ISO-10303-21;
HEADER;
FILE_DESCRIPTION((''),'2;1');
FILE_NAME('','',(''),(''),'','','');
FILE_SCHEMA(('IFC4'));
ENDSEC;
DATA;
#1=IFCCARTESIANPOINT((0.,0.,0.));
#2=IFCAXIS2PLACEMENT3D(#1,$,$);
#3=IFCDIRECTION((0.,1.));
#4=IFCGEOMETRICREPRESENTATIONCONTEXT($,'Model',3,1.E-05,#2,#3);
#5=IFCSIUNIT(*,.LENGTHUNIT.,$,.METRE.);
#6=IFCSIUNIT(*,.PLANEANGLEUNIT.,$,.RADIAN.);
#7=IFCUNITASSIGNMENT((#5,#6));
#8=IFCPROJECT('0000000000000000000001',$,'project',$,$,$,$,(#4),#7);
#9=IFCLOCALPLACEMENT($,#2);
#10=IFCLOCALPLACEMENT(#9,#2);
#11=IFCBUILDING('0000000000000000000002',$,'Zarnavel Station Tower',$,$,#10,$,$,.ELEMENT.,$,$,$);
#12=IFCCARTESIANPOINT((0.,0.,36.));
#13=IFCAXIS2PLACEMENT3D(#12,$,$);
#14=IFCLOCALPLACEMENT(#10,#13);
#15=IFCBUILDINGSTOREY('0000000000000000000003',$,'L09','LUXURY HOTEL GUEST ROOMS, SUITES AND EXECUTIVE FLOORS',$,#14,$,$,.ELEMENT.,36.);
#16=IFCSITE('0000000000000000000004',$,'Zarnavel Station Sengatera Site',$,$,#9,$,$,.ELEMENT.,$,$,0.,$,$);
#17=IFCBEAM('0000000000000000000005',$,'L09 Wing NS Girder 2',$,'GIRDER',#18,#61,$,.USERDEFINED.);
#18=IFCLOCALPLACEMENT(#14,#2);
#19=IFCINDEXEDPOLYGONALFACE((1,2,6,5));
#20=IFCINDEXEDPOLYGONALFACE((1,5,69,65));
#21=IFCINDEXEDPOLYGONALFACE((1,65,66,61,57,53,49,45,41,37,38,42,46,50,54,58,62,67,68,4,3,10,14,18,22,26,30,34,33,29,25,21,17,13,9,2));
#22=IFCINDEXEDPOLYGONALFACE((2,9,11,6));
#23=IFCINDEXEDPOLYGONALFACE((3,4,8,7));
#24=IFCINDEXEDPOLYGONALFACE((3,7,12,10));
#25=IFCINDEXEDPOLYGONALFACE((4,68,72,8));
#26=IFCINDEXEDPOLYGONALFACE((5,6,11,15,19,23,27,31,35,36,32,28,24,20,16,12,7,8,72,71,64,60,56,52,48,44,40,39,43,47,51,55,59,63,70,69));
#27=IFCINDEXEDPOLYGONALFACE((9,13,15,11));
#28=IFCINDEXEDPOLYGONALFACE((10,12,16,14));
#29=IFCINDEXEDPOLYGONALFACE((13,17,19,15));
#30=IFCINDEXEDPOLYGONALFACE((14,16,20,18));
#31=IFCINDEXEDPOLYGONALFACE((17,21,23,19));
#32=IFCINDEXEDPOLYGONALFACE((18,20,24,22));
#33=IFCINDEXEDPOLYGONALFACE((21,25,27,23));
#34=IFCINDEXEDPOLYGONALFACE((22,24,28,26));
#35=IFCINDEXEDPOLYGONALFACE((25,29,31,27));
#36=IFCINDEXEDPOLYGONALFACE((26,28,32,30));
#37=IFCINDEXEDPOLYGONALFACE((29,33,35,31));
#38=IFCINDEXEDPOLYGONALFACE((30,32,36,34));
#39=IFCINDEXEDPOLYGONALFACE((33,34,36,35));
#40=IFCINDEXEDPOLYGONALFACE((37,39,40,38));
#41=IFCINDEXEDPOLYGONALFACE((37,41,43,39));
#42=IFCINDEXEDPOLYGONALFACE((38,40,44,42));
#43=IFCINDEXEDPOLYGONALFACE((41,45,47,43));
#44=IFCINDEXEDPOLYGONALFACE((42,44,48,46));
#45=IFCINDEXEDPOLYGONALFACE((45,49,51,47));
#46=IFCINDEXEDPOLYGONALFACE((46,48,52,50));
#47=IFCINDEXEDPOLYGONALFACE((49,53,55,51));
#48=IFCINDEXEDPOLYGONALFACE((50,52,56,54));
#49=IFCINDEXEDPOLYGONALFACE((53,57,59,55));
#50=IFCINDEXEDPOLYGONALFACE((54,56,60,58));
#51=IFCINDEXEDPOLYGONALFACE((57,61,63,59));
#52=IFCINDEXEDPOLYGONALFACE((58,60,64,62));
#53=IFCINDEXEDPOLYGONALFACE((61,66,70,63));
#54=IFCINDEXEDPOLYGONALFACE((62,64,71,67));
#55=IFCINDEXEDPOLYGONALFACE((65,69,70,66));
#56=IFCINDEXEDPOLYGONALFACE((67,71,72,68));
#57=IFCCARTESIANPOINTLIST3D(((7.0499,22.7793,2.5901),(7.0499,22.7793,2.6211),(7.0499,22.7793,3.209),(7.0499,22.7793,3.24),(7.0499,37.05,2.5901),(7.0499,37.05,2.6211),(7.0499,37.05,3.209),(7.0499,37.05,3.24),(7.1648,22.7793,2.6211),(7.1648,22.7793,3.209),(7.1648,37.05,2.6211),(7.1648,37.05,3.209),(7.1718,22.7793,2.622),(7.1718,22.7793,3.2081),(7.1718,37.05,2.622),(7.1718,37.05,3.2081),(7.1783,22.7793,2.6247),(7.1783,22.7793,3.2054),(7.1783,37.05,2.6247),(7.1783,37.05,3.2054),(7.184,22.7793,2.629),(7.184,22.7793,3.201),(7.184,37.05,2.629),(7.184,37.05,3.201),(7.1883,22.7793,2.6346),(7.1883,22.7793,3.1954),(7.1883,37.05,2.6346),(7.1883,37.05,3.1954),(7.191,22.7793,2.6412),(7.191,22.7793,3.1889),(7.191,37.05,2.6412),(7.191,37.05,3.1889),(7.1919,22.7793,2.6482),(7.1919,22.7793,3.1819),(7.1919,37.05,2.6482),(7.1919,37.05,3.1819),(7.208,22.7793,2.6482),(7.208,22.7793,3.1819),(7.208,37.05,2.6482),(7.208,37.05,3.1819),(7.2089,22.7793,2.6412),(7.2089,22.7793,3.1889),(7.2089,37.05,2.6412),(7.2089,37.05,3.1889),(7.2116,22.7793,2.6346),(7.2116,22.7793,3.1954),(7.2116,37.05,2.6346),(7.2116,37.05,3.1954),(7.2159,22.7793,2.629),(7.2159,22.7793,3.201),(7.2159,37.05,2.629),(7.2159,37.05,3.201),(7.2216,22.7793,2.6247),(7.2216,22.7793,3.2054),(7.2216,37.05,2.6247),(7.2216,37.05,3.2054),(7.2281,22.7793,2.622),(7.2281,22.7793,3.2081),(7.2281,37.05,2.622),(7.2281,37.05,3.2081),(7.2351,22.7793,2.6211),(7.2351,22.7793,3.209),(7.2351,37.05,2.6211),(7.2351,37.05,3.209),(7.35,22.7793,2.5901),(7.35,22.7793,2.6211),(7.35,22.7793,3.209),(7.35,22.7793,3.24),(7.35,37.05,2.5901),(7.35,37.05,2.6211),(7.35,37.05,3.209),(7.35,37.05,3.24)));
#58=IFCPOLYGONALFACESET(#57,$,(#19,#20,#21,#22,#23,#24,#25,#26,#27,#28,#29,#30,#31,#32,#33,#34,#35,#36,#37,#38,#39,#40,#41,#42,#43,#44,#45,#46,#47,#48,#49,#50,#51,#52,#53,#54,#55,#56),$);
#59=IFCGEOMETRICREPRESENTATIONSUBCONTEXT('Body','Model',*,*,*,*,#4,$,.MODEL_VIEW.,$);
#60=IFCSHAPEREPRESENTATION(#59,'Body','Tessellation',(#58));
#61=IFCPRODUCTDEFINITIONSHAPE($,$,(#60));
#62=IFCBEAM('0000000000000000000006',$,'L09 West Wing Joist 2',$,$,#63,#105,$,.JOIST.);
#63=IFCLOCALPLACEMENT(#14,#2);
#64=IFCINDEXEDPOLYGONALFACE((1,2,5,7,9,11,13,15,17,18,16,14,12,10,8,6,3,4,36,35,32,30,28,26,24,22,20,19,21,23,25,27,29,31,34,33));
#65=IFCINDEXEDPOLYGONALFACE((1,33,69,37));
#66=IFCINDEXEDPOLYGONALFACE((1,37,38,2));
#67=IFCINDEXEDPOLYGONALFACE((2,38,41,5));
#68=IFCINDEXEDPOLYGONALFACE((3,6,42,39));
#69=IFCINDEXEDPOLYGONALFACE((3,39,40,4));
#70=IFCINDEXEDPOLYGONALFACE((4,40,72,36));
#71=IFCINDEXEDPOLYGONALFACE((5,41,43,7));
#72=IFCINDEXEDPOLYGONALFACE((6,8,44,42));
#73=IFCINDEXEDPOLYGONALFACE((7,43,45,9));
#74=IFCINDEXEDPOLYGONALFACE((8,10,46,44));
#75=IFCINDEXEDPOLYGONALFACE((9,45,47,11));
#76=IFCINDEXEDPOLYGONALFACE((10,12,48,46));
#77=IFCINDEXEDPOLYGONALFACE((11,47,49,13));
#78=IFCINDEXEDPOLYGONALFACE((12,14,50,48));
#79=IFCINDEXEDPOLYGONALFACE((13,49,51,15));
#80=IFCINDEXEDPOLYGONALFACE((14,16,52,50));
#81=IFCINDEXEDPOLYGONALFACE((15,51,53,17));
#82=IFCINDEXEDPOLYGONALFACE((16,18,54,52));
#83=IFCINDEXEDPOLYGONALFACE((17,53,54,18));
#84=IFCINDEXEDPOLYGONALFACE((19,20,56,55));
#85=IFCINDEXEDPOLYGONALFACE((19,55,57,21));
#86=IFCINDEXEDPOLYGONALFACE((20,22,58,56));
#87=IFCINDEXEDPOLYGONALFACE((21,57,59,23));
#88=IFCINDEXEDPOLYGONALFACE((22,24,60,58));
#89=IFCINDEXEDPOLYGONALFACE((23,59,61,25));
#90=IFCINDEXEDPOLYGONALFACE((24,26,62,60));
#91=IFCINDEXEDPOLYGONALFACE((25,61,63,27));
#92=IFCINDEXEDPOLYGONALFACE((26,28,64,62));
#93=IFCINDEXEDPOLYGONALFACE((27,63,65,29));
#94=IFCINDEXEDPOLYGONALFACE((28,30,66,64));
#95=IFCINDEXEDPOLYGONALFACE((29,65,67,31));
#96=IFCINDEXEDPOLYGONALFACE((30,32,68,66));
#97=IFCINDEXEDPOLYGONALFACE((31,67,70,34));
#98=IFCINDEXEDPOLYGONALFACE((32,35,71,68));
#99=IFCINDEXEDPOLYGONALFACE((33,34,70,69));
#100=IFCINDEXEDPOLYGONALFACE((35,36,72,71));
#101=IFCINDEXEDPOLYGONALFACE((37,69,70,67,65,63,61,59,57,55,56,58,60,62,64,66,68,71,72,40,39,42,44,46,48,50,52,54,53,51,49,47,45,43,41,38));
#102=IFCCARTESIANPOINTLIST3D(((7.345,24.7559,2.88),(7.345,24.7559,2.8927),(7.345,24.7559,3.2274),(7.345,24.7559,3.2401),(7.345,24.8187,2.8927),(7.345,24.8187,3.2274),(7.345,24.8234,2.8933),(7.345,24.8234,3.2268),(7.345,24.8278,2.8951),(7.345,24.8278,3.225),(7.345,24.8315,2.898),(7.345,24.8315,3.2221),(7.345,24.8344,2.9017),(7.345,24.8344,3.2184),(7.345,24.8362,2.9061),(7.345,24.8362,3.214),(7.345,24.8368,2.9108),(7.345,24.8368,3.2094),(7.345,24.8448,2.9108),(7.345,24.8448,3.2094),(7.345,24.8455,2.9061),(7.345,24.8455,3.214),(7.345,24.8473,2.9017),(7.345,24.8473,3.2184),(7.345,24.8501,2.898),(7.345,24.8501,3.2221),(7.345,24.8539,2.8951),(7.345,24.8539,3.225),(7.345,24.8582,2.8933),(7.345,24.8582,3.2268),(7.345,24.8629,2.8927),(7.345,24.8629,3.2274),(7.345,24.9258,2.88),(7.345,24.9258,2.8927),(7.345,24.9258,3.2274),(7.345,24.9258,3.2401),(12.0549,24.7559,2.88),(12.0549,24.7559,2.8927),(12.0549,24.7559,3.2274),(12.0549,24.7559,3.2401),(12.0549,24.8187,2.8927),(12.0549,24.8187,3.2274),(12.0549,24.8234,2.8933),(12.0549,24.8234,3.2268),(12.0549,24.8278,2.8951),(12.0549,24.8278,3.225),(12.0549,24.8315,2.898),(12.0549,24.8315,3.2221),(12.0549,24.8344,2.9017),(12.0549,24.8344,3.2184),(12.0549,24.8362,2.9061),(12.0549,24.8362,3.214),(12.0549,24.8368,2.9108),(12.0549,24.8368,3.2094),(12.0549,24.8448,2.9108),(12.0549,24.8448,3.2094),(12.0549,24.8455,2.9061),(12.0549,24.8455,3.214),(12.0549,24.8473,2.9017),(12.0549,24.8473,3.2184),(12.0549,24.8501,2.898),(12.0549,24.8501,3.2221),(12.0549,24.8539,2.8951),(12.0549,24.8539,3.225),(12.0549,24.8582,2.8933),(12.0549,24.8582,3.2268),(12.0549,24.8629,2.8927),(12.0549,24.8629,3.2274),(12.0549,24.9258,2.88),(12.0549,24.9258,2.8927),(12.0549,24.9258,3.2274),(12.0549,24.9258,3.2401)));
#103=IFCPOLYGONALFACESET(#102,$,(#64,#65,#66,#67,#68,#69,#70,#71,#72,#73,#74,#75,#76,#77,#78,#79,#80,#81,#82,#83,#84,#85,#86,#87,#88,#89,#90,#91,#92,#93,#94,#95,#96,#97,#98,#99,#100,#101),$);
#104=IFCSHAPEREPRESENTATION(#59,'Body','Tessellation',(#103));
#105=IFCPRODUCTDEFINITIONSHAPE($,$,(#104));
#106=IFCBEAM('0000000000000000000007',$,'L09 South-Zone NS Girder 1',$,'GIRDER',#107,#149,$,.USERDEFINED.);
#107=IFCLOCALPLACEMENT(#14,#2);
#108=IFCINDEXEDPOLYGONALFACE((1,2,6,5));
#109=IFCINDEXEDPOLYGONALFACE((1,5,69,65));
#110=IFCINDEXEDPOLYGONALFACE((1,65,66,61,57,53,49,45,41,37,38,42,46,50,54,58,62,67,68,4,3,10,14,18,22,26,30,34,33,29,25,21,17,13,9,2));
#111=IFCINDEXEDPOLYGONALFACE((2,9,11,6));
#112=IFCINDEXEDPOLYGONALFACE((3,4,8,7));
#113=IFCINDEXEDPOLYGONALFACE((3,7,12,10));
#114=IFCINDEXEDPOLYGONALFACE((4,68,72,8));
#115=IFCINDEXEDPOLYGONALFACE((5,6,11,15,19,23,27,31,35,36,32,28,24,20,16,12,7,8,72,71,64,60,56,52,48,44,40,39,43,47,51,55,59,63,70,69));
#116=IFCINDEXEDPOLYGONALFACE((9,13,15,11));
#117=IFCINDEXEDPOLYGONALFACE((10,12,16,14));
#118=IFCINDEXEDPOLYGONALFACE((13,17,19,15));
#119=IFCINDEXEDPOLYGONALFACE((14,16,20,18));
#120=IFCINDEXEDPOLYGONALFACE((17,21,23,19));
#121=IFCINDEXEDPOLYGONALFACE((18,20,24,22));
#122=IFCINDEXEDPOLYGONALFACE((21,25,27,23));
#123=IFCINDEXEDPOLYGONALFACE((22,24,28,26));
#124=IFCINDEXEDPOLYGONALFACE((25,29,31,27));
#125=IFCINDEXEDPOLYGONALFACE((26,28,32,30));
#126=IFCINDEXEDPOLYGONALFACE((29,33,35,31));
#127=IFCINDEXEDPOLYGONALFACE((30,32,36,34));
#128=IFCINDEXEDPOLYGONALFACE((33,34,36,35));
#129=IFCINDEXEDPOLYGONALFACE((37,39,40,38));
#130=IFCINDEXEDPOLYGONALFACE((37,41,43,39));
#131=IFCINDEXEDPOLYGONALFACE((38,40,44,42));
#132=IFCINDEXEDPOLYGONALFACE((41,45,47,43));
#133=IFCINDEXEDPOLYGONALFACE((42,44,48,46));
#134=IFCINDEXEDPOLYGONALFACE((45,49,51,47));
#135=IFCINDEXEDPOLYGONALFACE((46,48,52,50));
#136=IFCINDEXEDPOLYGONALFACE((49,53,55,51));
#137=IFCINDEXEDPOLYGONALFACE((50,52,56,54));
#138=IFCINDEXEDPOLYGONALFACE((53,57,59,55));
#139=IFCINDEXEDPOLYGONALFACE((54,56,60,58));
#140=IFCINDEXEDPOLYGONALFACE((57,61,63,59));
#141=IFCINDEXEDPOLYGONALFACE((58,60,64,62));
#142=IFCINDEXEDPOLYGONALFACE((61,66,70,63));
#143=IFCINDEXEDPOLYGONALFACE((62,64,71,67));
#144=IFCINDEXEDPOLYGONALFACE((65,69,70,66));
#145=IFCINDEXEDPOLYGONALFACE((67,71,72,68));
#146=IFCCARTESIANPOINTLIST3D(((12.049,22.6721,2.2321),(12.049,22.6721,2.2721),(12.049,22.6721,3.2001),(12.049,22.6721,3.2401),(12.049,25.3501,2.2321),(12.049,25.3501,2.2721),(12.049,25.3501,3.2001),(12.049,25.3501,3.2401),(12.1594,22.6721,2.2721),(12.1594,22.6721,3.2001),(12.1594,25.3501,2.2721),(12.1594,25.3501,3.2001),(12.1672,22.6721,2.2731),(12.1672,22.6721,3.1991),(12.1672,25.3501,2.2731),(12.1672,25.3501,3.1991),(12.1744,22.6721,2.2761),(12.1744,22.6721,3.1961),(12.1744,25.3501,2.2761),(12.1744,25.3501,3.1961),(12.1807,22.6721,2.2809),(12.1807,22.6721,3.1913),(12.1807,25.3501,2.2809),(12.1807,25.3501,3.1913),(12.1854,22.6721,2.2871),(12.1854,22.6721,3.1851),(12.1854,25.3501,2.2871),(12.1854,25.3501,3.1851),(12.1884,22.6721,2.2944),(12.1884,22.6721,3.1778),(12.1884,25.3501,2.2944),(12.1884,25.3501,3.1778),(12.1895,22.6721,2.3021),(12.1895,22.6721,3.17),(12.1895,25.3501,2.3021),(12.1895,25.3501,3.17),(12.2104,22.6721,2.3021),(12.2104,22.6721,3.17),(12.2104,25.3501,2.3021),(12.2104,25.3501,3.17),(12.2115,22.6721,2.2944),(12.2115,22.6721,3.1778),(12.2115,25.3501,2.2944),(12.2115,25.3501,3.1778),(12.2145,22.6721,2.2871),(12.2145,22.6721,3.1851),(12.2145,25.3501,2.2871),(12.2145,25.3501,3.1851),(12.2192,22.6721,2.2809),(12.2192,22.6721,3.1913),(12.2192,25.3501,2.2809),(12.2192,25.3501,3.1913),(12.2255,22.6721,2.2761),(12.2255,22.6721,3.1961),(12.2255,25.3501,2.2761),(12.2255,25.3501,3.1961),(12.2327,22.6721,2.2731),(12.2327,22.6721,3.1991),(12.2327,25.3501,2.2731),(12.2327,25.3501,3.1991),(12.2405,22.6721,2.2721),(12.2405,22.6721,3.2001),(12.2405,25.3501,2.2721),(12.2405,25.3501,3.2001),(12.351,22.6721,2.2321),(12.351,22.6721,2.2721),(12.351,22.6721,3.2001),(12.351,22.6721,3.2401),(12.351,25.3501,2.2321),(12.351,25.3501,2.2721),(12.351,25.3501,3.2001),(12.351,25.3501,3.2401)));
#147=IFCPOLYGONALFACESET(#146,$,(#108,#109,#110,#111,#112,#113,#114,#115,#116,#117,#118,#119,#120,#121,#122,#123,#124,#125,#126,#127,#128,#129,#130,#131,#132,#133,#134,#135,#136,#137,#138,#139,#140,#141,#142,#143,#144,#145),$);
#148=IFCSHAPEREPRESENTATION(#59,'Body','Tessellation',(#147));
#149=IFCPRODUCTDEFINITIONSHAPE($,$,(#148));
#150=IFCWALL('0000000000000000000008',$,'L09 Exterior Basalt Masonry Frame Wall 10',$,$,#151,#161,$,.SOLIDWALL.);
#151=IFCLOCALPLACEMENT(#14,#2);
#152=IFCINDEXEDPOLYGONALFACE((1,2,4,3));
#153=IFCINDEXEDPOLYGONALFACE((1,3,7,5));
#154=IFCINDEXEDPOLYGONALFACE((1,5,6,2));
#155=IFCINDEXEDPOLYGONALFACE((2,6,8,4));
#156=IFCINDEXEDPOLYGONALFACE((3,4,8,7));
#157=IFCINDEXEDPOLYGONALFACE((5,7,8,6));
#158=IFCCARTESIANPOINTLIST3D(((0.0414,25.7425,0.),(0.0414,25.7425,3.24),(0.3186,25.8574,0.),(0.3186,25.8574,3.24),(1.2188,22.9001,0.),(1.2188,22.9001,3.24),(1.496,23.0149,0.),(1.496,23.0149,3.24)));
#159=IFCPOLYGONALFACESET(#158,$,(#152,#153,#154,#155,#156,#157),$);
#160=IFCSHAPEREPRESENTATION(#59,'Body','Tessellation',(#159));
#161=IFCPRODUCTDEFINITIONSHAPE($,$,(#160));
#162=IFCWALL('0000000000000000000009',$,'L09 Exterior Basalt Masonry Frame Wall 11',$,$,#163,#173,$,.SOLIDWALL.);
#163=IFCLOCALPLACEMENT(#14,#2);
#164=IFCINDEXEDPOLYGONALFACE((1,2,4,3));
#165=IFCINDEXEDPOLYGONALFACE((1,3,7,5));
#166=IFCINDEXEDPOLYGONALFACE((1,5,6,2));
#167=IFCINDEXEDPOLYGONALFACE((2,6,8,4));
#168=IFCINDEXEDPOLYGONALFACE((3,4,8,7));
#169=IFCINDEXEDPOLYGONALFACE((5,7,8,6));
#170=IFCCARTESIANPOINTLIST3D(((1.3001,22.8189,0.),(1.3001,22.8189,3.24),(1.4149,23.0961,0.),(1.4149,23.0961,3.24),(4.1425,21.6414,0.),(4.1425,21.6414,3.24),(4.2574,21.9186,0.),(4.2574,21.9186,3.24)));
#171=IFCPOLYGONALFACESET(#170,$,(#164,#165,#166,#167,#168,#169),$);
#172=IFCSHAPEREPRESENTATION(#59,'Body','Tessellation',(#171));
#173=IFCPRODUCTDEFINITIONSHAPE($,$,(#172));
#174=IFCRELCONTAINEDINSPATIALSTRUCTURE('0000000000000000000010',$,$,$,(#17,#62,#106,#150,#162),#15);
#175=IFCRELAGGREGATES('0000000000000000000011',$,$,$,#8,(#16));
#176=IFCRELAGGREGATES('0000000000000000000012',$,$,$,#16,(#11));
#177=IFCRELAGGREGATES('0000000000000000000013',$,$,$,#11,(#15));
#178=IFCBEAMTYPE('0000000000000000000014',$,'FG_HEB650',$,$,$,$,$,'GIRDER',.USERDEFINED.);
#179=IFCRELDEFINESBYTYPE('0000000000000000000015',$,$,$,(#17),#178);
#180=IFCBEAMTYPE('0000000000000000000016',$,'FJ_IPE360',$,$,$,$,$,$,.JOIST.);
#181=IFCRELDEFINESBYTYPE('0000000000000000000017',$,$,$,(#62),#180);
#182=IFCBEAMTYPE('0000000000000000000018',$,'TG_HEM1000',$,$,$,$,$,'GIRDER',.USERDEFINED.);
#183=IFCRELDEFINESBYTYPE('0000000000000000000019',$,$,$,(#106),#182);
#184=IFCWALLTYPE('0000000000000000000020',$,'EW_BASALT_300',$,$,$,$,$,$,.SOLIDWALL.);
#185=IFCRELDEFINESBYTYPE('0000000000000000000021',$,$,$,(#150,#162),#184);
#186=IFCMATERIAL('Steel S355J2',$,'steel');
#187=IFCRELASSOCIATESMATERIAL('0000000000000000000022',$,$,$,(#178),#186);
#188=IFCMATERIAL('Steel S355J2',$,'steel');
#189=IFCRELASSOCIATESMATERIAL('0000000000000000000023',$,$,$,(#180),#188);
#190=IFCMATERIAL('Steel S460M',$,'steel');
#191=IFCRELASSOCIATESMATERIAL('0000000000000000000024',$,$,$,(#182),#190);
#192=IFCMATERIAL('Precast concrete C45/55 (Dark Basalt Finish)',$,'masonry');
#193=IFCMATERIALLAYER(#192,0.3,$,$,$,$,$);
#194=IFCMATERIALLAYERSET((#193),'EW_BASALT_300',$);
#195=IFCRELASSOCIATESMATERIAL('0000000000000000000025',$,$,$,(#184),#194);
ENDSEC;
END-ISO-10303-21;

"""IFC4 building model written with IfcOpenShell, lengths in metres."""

from ifc_helpers import new_model, si_unit, direction, frame, frame_2d, origin, origin_2d, place, context, subcontext, project, spatial, rectangle, i_section, extrude, material, layer, layer_set, material_profile, profile_set, type_object, element, save


model = new_model("IFC4")

# Units and contexts
model_context = context("Model", 3, precision=1e-05, world=origin(), true_north=direction((0.0, 1.0)))
body_context = subcontext(model_context, "Body", "Model", "MODEL_VIEW")
ifc_project = project(units=[si_unit("LENGTHUNIT", "METRE"), si_unit("PLANEANGLEUNIT", "RADIAN")], contexts=[model_context])

# Site, building, storey
site_placement = place(None, origin())
site = spatial("IfcSite", under=ifc_project, at=site_placement, Name="Zarnavel Station Sengatera Site", CompositionType="ELEMENT", RefElevation=0.0)
building_placement = place(site_placement, origin())
building = spatial("IfcBuilding", under=site, at=building_placement, Name="Zarnavel Station Tower", CompositionType="ELEMENT")
storey_placement = place(building_placement, frame((0.0, 0.0, 36.0)))
storey = spatial("IfcBuildingStorey", under=building, at=storey_placement, Name="L09", Description="LUXURY HOTEL GUEST ROOMS, SUITES AND EXECUTIVE FLOORS", CompositionType="ELEMENT", Elevation=36.0)

# Beams
ifc_material_1 = material(Name="Steel S355J2", Category="steel")
ifc_material_profile_1 = material_profile(ifc_material_1, i_section(OverallWidth=0.3, OverallDepth=0.6499, WebThickness=0.0161, FlangeThickness=0.031, FilletRadius=0.0271, at=origin_2d()), Name="HEB650")
ifc_profile_set_1 = profile_set([ifc_material_profile_1], Name="Steel S355J2")
beam_type_1 = type_object("IfcBeamType", Name="FG_HEB650", ElementType="GIRDER", PredefinedType="USERDEFINED", material=ifc_profile_set_1)
beam_1_placement = place(storey_placement, frame((7.2, 22.7793, 2.915), z_axis=(0.0, 1.0, 0.0), x_axis=(-1.0, 0.0, 0.0)))
element("IfcBeam", 1, at=beam_1_placement, inside=storey, type_object=beam_type_1, Name="L09 Wing NS Girder 2", ObjectType="GIRDER", PredefinedType="USERDEFINED", context=body_context, shape_type="SweptSolid", body=[
    extrude(i_section(OverallWidth=0.3, OverallDepth=0.6499, WebThickness=0.0161, FlangeThickness=0.031, FilletRadius=0.0271, at=origin_2d()), origin(), (0.0, 0.0, 1.0), 14.2708),
])
ifc_material_2 = material(Name="Steel S355J2", Category="steel")
ifc_material_profile_2 = material_profile(ifc_material_2, i_section(OverallWidth=0.1699, OverallDepth=0.3601, WebThickness=0.0081, FlangeThickness=0.0127, FilletRadius=0.0181, at=origin_2d()), Name="IPE360")
ifc_profile_set_2 = profile_set([ifc_material_profile_2], Name="Steel S355J2")
beam_type_2 = type_object("IfcBeamType", Name="FJ_IPE360", PredefinedType="JOIST", material=ifc_profile_set_2)
beam_2_placement = place(storey_placement, frame((7.345, 24.8408, 3.0601), z_axis=(1.0, 0.0, 0.0), x_axis=(0.0, 1.0, 0.0)))
element("IfcBeam", 2, at=beam_2_placement, inside=storey, type_object=beam_type_2, Name="L09 West Wing Joist 2", PredefinedType="JOIST", context=body_context, shape_type="SweptSolid", body=[
    extrude(i_section(OverallWidth=0.1699, OverallDepth=0.3601, WebThickness=0.0081, FlangeThickness=0.0127, FilletRadius=0.0181, at=origin_2d()), origin(), (0.0, 0.0, 1.0), 4.71),
])
ifc_material_3 = material(Name="Steel S460M", Category="steel")
ifc_material_profile_3 = material_profile(ifc_material_3, i_section(OverallWidth=0.302, OverallDepth=1.0081, WebThickness=0.021, FlangeThickness=0.04, FilletRadius=0.03, at=origin_2d()), Name="HEM1000")
ifc_profile_set_3 = profile_set([ifc_material_profile_3], Name="Steel S460M")
beam_type_3 = type_object("IfcBeamType", Name="TG_HEM1000", ElementType="GIRDER", PredefinedType="USERDEFINED", material=ifc_profile_set_3)
beam_3_placement = place(storey_placement, frame((12.2, 22.6721, 2.7361), z_axis=(0.0, 1.0, 0.0), x_axis=(-1.0, 0.0, 0.0)))
element("IfcBeam", 3, at=beam_3_placement, inside=storey, type_object=beam_type_3, Name="L09 South-Zone NS Girder 1", ObjectType="GIRDER", PredefinedType="USERDEFINED", context=body_context, shape_type="SweptSolid", body=[
    extrude(i_section(OverallWidth=0.302, OverallDepth=1.0081, WebThickness=0.021, FlangeThickness=0.04, FilletRadius=0.03, at=origin_2d()), origin(), (0.0, 0.0, 1.0), 2.678),
])

# Walls
ifc_material_4 = material(Name="Precast concrete C45/55 (Dark Basalt Finish)", Category="masonry")
ifc_layer_1 = layer(ifc_material_4, 0.3)
ifc_layer_set_1 = layer_set([ifc_layer_1], Name="EW_BASALT_300")
wall_type_1 = type_object("IfcWallType", Name="EW_BASALT_300", PredefinedType="SOLIDWALL", material=ifc_layer_set_1)
for number, where, z_axis, x_axis, name in (
    (4, (1.3574, 22.9575, 0.0), (0.0, 0.0, 1.0), (-0.382705, 0.923871, 0.0), "L09 Exterior Basalt Masonry Frame Wall 10"),
    (5, (4.2, 21.78, 0.0), (0.0, 0.0, 1.0), (-0.923871, 0.382705, 0.0), "L09 Exterior Basalt Masonry Frame Wall 11"),
):
    element("IfcWall", number, at=place(storey_placement, frame(where, z_axis=z_axis, x_axis=x_axis)), inside=storey, type_object=wall_type_1, Name=name, PredefinedType="SOLIDWALL", context=body_context, shape_type="SweptSolid", body=[
        extrude(rectangle(XDim=3.0767, YDim=0.3, at=frame_2d((1.5383, 0.0))), origin(), (0.0, 0.0, 1.0), 3.24),
    ])

save(model, "model.ifc")
